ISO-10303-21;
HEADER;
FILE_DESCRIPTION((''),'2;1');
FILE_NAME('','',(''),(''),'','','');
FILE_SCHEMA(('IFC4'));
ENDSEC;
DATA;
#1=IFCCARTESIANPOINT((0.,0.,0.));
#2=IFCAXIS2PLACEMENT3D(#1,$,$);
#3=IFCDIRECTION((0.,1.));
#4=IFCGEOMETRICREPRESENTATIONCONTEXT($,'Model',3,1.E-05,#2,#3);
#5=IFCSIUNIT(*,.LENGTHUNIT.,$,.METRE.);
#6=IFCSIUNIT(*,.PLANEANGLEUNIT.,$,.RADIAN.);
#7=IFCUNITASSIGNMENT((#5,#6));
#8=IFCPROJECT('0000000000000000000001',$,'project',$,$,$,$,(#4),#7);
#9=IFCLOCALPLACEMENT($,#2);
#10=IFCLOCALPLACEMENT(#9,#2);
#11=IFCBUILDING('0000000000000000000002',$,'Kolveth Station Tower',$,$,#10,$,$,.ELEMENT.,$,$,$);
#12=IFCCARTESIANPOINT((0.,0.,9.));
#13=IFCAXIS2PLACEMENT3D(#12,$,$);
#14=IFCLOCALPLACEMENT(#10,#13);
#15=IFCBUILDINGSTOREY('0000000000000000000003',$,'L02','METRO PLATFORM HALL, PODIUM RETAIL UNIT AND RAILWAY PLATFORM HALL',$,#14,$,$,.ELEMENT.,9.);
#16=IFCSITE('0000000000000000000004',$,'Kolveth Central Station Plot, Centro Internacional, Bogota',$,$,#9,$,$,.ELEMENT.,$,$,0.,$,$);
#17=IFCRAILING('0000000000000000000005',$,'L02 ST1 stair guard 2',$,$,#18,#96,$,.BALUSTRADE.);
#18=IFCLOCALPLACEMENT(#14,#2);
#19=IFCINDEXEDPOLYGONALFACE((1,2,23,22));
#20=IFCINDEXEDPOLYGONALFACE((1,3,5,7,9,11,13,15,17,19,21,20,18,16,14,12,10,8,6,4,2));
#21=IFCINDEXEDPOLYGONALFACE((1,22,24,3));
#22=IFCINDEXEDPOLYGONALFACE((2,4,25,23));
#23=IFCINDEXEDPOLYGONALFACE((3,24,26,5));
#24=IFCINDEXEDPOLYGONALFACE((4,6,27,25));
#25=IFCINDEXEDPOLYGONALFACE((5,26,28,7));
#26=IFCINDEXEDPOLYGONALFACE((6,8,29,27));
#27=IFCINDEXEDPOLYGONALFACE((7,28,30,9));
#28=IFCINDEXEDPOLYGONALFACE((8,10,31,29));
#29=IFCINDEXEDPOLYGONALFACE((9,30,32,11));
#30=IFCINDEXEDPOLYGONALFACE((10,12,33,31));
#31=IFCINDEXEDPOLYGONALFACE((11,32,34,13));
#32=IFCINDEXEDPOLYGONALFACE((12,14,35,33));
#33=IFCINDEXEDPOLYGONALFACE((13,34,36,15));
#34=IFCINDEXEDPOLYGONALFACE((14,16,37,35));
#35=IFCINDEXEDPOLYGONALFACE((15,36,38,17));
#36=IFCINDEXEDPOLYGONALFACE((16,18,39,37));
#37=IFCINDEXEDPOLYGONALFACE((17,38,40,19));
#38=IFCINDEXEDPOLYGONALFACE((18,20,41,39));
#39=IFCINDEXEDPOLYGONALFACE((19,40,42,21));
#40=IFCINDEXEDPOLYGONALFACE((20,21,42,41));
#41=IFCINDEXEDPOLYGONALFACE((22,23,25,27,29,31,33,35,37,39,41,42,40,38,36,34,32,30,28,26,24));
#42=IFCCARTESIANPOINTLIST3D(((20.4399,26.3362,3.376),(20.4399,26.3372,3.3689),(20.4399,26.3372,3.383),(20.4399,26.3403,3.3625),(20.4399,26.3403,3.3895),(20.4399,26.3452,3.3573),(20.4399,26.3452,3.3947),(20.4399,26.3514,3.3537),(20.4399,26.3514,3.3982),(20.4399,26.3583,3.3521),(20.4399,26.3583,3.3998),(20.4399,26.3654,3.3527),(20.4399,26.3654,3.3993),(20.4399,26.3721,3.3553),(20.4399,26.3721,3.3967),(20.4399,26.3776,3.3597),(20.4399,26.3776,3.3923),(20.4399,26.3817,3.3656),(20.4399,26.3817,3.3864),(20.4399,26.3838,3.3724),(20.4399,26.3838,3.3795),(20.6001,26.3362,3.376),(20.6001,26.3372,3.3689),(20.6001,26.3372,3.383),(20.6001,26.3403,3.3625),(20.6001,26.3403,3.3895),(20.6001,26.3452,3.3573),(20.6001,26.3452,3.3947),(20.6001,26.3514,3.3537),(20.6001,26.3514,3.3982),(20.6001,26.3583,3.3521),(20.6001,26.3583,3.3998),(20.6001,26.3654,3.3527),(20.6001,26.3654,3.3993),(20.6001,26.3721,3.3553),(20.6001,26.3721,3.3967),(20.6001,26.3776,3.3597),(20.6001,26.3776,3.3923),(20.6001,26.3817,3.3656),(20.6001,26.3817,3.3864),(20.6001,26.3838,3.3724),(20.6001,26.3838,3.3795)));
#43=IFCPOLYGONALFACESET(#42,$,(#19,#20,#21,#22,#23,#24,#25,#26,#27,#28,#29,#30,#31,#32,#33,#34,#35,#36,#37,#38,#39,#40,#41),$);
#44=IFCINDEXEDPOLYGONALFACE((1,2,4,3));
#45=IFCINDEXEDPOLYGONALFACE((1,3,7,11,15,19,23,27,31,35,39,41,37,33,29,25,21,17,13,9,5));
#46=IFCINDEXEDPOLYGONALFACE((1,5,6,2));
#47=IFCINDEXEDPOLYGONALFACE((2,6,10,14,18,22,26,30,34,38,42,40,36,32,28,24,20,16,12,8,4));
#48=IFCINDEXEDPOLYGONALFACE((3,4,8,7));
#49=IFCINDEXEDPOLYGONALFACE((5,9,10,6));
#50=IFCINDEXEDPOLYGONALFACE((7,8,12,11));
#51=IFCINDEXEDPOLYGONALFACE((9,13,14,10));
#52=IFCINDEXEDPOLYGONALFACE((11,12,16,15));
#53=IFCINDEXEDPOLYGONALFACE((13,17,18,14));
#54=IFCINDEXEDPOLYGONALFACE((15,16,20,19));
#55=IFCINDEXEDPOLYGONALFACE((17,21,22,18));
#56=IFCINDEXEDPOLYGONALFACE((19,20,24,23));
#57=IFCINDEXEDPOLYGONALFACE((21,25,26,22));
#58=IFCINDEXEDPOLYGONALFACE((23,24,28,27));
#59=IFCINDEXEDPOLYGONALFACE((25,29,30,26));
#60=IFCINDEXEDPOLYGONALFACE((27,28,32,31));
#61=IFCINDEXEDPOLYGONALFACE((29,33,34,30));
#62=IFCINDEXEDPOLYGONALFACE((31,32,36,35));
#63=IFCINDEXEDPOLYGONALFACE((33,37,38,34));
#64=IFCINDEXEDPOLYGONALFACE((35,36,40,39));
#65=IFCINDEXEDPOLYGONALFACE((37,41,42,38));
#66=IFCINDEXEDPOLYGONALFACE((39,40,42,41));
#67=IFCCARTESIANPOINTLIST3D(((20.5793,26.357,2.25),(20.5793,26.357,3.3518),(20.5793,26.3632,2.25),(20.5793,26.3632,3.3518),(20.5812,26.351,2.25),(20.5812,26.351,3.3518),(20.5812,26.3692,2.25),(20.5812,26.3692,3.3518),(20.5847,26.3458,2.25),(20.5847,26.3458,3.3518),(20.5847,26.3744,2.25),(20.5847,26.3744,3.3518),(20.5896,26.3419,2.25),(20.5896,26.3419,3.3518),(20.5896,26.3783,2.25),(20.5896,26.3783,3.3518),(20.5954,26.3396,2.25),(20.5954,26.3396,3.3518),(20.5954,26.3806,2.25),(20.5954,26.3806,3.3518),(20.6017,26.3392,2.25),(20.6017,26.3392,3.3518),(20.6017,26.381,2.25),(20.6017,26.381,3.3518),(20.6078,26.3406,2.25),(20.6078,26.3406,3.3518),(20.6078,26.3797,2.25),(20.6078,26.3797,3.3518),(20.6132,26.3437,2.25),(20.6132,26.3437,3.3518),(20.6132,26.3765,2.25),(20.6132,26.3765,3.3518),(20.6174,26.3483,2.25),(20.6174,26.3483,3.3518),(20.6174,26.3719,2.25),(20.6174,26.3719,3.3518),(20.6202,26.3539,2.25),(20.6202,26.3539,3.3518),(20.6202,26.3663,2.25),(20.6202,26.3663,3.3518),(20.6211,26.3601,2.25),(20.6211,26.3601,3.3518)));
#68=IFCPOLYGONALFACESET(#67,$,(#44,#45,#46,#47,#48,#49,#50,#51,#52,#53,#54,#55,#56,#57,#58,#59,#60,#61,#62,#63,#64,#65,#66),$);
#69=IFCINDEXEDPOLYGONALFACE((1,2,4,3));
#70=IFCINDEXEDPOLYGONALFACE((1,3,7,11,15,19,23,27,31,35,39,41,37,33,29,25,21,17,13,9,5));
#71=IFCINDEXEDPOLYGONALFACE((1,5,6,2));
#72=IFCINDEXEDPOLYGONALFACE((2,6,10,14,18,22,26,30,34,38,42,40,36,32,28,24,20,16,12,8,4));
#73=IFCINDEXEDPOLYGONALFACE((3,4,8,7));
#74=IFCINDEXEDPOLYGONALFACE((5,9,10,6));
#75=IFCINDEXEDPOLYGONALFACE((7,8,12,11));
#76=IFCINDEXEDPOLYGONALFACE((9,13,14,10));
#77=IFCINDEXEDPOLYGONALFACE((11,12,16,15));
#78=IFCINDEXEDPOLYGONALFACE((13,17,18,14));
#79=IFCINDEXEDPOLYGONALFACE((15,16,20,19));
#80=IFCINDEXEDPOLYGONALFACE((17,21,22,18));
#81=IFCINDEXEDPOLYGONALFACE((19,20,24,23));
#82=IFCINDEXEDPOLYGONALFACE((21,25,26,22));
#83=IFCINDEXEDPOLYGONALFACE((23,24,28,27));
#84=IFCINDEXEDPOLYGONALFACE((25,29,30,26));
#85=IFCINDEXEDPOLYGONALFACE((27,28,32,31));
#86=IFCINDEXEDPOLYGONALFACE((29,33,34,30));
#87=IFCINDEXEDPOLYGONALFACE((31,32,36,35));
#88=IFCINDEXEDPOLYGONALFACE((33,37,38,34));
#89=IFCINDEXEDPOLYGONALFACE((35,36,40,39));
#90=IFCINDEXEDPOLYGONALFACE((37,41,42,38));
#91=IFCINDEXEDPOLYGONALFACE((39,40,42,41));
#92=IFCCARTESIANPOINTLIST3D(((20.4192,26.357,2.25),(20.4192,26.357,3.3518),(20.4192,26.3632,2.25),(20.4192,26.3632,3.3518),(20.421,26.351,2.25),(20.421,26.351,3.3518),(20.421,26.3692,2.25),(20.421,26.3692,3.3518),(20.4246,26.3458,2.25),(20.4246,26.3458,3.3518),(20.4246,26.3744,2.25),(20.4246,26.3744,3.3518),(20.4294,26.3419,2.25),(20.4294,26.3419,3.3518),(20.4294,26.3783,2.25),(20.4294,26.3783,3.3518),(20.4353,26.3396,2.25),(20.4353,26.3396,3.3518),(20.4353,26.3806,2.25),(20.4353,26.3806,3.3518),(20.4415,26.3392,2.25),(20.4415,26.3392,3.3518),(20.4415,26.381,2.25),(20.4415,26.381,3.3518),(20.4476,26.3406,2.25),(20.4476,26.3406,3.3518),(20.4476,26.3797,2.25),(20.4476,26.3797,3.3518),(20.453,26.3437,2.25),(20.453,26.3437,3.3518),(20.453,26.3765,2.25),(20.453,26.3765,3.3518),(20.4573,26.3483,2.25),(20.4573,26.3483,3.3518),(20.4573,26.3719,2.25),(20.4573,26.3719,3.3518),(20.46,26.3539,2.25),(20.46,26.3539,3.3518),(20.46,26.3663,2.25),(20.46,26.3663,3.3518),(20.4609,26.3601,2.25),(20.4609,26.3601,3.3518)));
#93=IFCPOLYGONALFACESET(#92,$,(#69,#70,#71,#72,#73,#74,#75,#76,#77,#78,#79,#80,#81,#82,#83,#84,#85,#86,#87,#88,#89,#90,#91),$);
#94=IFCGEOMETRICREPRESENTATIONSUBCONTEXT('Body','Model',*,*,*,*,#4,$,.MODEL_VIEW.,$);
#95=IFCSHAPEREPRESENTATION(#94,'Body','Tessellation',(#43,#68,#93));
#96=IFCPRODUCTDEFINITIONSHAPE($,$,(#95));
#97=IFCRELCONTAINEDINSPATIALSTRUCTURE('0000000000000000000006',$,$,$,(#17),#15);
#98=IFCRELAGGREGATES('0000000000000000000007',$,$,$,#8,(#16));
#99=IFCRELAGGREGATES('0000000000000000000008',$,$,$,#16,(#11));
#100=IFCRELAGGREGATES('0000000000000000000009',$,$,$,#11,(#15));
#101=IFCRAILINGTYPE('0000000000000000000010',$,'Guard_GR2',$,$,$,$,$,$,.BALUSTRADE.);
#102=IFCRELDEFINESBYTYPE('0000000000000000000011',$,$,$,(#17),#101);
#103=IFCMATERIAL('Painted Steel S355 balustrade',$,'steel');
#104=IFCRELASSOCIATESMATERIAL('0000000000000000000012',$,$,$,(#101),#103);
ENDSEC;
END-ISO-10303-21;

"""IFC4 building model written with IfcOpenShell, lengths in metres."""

from ifc_helpers import new_model, si_unit, direction, frame, origin, origin_2d, place, context, subcontext, project, spatial, circle, extrude, material, type_object, element, save


model = new_model("IFC4")

# Units and contexts
model_context = context("Model", 3, precision=1e-05, world=origin(), true_north=direction((0.0, 1.0)))
body_context = subcontext(model_context, "Body", "Model", "MODEL_VIEW")
ifc_project = project(units=[si_unit("LENGTHUNIT", "METRE"), si_unit("PLANEANGLEUNIT", "RADIAN")], contexts=[model_context])

# Site, building, storey
site_placement = place(None, origin())
site = spatial("IfcSite", under=ifc_project, at=site_placement, Name="Kolveth Central Station Plot, Centro Internacional, Bogota", CompositionType="ELEMENT", RefElevation=0.0)
building_placement = place(site_placement, origin())
building = spatial("IfcBuilding", under=site, at=building_placement, Name="Kolveth Station Tower", CompositionType="ELEMENT")
storey_placement = place(building_placement, frame((0.0, 0.0, 9.0)))
storey = spatial("IfcBuildingStorey", under=building, at=storey_placement, Name="L02", Description="METRO PLATFORM HALL, PODIUM RETAIL UNIT AND RAILWAY PLATFORM HALL", CompositionType="ELEMENT", Elevation=9.0)

# Railing
ifc_material_1 = material(Name="Painted Steel S355 balustrade", Category="steel")
railing_type_1 = type_object("IfcRailingType", Name="Guard_GR2", PredefinedType="BALUSTRADE", material=ifc_material_1)
railing_1_placement = place(storey_placement, frame((20.6001, 26.3601, 2.25)))
element("IfcRailing", 1, at=railing_1_placement, inside=storey, type_object=railing_type_1, Name="L02 ST1 stair guard 2", PredefinedType="BALUSTRADE", context=body_context, shape_type="SweptSolid", body=[
    extrude(circle(Radius=0.0239, at=origin_2d()), frame((0.0, 0.0, 1.126), z_axis=(-1.0, 0.0, 0.0), x_axis=(0.0, -1.0, 0.0)), (0.0, 0.0, 1.0), 0.1602),
    extrude(circle(Radius=0.021, at=origin_2d()), origin(), (0.0, 0.0, 1.0), 1.1018),
    extrude(circle(Radius=0.021, at=origin_2d()), frame((-0.1602, 0.0, 0.0)), (0.0, 0.0, 1.0), 1.1018),
])

save(model, "model.ifc")
